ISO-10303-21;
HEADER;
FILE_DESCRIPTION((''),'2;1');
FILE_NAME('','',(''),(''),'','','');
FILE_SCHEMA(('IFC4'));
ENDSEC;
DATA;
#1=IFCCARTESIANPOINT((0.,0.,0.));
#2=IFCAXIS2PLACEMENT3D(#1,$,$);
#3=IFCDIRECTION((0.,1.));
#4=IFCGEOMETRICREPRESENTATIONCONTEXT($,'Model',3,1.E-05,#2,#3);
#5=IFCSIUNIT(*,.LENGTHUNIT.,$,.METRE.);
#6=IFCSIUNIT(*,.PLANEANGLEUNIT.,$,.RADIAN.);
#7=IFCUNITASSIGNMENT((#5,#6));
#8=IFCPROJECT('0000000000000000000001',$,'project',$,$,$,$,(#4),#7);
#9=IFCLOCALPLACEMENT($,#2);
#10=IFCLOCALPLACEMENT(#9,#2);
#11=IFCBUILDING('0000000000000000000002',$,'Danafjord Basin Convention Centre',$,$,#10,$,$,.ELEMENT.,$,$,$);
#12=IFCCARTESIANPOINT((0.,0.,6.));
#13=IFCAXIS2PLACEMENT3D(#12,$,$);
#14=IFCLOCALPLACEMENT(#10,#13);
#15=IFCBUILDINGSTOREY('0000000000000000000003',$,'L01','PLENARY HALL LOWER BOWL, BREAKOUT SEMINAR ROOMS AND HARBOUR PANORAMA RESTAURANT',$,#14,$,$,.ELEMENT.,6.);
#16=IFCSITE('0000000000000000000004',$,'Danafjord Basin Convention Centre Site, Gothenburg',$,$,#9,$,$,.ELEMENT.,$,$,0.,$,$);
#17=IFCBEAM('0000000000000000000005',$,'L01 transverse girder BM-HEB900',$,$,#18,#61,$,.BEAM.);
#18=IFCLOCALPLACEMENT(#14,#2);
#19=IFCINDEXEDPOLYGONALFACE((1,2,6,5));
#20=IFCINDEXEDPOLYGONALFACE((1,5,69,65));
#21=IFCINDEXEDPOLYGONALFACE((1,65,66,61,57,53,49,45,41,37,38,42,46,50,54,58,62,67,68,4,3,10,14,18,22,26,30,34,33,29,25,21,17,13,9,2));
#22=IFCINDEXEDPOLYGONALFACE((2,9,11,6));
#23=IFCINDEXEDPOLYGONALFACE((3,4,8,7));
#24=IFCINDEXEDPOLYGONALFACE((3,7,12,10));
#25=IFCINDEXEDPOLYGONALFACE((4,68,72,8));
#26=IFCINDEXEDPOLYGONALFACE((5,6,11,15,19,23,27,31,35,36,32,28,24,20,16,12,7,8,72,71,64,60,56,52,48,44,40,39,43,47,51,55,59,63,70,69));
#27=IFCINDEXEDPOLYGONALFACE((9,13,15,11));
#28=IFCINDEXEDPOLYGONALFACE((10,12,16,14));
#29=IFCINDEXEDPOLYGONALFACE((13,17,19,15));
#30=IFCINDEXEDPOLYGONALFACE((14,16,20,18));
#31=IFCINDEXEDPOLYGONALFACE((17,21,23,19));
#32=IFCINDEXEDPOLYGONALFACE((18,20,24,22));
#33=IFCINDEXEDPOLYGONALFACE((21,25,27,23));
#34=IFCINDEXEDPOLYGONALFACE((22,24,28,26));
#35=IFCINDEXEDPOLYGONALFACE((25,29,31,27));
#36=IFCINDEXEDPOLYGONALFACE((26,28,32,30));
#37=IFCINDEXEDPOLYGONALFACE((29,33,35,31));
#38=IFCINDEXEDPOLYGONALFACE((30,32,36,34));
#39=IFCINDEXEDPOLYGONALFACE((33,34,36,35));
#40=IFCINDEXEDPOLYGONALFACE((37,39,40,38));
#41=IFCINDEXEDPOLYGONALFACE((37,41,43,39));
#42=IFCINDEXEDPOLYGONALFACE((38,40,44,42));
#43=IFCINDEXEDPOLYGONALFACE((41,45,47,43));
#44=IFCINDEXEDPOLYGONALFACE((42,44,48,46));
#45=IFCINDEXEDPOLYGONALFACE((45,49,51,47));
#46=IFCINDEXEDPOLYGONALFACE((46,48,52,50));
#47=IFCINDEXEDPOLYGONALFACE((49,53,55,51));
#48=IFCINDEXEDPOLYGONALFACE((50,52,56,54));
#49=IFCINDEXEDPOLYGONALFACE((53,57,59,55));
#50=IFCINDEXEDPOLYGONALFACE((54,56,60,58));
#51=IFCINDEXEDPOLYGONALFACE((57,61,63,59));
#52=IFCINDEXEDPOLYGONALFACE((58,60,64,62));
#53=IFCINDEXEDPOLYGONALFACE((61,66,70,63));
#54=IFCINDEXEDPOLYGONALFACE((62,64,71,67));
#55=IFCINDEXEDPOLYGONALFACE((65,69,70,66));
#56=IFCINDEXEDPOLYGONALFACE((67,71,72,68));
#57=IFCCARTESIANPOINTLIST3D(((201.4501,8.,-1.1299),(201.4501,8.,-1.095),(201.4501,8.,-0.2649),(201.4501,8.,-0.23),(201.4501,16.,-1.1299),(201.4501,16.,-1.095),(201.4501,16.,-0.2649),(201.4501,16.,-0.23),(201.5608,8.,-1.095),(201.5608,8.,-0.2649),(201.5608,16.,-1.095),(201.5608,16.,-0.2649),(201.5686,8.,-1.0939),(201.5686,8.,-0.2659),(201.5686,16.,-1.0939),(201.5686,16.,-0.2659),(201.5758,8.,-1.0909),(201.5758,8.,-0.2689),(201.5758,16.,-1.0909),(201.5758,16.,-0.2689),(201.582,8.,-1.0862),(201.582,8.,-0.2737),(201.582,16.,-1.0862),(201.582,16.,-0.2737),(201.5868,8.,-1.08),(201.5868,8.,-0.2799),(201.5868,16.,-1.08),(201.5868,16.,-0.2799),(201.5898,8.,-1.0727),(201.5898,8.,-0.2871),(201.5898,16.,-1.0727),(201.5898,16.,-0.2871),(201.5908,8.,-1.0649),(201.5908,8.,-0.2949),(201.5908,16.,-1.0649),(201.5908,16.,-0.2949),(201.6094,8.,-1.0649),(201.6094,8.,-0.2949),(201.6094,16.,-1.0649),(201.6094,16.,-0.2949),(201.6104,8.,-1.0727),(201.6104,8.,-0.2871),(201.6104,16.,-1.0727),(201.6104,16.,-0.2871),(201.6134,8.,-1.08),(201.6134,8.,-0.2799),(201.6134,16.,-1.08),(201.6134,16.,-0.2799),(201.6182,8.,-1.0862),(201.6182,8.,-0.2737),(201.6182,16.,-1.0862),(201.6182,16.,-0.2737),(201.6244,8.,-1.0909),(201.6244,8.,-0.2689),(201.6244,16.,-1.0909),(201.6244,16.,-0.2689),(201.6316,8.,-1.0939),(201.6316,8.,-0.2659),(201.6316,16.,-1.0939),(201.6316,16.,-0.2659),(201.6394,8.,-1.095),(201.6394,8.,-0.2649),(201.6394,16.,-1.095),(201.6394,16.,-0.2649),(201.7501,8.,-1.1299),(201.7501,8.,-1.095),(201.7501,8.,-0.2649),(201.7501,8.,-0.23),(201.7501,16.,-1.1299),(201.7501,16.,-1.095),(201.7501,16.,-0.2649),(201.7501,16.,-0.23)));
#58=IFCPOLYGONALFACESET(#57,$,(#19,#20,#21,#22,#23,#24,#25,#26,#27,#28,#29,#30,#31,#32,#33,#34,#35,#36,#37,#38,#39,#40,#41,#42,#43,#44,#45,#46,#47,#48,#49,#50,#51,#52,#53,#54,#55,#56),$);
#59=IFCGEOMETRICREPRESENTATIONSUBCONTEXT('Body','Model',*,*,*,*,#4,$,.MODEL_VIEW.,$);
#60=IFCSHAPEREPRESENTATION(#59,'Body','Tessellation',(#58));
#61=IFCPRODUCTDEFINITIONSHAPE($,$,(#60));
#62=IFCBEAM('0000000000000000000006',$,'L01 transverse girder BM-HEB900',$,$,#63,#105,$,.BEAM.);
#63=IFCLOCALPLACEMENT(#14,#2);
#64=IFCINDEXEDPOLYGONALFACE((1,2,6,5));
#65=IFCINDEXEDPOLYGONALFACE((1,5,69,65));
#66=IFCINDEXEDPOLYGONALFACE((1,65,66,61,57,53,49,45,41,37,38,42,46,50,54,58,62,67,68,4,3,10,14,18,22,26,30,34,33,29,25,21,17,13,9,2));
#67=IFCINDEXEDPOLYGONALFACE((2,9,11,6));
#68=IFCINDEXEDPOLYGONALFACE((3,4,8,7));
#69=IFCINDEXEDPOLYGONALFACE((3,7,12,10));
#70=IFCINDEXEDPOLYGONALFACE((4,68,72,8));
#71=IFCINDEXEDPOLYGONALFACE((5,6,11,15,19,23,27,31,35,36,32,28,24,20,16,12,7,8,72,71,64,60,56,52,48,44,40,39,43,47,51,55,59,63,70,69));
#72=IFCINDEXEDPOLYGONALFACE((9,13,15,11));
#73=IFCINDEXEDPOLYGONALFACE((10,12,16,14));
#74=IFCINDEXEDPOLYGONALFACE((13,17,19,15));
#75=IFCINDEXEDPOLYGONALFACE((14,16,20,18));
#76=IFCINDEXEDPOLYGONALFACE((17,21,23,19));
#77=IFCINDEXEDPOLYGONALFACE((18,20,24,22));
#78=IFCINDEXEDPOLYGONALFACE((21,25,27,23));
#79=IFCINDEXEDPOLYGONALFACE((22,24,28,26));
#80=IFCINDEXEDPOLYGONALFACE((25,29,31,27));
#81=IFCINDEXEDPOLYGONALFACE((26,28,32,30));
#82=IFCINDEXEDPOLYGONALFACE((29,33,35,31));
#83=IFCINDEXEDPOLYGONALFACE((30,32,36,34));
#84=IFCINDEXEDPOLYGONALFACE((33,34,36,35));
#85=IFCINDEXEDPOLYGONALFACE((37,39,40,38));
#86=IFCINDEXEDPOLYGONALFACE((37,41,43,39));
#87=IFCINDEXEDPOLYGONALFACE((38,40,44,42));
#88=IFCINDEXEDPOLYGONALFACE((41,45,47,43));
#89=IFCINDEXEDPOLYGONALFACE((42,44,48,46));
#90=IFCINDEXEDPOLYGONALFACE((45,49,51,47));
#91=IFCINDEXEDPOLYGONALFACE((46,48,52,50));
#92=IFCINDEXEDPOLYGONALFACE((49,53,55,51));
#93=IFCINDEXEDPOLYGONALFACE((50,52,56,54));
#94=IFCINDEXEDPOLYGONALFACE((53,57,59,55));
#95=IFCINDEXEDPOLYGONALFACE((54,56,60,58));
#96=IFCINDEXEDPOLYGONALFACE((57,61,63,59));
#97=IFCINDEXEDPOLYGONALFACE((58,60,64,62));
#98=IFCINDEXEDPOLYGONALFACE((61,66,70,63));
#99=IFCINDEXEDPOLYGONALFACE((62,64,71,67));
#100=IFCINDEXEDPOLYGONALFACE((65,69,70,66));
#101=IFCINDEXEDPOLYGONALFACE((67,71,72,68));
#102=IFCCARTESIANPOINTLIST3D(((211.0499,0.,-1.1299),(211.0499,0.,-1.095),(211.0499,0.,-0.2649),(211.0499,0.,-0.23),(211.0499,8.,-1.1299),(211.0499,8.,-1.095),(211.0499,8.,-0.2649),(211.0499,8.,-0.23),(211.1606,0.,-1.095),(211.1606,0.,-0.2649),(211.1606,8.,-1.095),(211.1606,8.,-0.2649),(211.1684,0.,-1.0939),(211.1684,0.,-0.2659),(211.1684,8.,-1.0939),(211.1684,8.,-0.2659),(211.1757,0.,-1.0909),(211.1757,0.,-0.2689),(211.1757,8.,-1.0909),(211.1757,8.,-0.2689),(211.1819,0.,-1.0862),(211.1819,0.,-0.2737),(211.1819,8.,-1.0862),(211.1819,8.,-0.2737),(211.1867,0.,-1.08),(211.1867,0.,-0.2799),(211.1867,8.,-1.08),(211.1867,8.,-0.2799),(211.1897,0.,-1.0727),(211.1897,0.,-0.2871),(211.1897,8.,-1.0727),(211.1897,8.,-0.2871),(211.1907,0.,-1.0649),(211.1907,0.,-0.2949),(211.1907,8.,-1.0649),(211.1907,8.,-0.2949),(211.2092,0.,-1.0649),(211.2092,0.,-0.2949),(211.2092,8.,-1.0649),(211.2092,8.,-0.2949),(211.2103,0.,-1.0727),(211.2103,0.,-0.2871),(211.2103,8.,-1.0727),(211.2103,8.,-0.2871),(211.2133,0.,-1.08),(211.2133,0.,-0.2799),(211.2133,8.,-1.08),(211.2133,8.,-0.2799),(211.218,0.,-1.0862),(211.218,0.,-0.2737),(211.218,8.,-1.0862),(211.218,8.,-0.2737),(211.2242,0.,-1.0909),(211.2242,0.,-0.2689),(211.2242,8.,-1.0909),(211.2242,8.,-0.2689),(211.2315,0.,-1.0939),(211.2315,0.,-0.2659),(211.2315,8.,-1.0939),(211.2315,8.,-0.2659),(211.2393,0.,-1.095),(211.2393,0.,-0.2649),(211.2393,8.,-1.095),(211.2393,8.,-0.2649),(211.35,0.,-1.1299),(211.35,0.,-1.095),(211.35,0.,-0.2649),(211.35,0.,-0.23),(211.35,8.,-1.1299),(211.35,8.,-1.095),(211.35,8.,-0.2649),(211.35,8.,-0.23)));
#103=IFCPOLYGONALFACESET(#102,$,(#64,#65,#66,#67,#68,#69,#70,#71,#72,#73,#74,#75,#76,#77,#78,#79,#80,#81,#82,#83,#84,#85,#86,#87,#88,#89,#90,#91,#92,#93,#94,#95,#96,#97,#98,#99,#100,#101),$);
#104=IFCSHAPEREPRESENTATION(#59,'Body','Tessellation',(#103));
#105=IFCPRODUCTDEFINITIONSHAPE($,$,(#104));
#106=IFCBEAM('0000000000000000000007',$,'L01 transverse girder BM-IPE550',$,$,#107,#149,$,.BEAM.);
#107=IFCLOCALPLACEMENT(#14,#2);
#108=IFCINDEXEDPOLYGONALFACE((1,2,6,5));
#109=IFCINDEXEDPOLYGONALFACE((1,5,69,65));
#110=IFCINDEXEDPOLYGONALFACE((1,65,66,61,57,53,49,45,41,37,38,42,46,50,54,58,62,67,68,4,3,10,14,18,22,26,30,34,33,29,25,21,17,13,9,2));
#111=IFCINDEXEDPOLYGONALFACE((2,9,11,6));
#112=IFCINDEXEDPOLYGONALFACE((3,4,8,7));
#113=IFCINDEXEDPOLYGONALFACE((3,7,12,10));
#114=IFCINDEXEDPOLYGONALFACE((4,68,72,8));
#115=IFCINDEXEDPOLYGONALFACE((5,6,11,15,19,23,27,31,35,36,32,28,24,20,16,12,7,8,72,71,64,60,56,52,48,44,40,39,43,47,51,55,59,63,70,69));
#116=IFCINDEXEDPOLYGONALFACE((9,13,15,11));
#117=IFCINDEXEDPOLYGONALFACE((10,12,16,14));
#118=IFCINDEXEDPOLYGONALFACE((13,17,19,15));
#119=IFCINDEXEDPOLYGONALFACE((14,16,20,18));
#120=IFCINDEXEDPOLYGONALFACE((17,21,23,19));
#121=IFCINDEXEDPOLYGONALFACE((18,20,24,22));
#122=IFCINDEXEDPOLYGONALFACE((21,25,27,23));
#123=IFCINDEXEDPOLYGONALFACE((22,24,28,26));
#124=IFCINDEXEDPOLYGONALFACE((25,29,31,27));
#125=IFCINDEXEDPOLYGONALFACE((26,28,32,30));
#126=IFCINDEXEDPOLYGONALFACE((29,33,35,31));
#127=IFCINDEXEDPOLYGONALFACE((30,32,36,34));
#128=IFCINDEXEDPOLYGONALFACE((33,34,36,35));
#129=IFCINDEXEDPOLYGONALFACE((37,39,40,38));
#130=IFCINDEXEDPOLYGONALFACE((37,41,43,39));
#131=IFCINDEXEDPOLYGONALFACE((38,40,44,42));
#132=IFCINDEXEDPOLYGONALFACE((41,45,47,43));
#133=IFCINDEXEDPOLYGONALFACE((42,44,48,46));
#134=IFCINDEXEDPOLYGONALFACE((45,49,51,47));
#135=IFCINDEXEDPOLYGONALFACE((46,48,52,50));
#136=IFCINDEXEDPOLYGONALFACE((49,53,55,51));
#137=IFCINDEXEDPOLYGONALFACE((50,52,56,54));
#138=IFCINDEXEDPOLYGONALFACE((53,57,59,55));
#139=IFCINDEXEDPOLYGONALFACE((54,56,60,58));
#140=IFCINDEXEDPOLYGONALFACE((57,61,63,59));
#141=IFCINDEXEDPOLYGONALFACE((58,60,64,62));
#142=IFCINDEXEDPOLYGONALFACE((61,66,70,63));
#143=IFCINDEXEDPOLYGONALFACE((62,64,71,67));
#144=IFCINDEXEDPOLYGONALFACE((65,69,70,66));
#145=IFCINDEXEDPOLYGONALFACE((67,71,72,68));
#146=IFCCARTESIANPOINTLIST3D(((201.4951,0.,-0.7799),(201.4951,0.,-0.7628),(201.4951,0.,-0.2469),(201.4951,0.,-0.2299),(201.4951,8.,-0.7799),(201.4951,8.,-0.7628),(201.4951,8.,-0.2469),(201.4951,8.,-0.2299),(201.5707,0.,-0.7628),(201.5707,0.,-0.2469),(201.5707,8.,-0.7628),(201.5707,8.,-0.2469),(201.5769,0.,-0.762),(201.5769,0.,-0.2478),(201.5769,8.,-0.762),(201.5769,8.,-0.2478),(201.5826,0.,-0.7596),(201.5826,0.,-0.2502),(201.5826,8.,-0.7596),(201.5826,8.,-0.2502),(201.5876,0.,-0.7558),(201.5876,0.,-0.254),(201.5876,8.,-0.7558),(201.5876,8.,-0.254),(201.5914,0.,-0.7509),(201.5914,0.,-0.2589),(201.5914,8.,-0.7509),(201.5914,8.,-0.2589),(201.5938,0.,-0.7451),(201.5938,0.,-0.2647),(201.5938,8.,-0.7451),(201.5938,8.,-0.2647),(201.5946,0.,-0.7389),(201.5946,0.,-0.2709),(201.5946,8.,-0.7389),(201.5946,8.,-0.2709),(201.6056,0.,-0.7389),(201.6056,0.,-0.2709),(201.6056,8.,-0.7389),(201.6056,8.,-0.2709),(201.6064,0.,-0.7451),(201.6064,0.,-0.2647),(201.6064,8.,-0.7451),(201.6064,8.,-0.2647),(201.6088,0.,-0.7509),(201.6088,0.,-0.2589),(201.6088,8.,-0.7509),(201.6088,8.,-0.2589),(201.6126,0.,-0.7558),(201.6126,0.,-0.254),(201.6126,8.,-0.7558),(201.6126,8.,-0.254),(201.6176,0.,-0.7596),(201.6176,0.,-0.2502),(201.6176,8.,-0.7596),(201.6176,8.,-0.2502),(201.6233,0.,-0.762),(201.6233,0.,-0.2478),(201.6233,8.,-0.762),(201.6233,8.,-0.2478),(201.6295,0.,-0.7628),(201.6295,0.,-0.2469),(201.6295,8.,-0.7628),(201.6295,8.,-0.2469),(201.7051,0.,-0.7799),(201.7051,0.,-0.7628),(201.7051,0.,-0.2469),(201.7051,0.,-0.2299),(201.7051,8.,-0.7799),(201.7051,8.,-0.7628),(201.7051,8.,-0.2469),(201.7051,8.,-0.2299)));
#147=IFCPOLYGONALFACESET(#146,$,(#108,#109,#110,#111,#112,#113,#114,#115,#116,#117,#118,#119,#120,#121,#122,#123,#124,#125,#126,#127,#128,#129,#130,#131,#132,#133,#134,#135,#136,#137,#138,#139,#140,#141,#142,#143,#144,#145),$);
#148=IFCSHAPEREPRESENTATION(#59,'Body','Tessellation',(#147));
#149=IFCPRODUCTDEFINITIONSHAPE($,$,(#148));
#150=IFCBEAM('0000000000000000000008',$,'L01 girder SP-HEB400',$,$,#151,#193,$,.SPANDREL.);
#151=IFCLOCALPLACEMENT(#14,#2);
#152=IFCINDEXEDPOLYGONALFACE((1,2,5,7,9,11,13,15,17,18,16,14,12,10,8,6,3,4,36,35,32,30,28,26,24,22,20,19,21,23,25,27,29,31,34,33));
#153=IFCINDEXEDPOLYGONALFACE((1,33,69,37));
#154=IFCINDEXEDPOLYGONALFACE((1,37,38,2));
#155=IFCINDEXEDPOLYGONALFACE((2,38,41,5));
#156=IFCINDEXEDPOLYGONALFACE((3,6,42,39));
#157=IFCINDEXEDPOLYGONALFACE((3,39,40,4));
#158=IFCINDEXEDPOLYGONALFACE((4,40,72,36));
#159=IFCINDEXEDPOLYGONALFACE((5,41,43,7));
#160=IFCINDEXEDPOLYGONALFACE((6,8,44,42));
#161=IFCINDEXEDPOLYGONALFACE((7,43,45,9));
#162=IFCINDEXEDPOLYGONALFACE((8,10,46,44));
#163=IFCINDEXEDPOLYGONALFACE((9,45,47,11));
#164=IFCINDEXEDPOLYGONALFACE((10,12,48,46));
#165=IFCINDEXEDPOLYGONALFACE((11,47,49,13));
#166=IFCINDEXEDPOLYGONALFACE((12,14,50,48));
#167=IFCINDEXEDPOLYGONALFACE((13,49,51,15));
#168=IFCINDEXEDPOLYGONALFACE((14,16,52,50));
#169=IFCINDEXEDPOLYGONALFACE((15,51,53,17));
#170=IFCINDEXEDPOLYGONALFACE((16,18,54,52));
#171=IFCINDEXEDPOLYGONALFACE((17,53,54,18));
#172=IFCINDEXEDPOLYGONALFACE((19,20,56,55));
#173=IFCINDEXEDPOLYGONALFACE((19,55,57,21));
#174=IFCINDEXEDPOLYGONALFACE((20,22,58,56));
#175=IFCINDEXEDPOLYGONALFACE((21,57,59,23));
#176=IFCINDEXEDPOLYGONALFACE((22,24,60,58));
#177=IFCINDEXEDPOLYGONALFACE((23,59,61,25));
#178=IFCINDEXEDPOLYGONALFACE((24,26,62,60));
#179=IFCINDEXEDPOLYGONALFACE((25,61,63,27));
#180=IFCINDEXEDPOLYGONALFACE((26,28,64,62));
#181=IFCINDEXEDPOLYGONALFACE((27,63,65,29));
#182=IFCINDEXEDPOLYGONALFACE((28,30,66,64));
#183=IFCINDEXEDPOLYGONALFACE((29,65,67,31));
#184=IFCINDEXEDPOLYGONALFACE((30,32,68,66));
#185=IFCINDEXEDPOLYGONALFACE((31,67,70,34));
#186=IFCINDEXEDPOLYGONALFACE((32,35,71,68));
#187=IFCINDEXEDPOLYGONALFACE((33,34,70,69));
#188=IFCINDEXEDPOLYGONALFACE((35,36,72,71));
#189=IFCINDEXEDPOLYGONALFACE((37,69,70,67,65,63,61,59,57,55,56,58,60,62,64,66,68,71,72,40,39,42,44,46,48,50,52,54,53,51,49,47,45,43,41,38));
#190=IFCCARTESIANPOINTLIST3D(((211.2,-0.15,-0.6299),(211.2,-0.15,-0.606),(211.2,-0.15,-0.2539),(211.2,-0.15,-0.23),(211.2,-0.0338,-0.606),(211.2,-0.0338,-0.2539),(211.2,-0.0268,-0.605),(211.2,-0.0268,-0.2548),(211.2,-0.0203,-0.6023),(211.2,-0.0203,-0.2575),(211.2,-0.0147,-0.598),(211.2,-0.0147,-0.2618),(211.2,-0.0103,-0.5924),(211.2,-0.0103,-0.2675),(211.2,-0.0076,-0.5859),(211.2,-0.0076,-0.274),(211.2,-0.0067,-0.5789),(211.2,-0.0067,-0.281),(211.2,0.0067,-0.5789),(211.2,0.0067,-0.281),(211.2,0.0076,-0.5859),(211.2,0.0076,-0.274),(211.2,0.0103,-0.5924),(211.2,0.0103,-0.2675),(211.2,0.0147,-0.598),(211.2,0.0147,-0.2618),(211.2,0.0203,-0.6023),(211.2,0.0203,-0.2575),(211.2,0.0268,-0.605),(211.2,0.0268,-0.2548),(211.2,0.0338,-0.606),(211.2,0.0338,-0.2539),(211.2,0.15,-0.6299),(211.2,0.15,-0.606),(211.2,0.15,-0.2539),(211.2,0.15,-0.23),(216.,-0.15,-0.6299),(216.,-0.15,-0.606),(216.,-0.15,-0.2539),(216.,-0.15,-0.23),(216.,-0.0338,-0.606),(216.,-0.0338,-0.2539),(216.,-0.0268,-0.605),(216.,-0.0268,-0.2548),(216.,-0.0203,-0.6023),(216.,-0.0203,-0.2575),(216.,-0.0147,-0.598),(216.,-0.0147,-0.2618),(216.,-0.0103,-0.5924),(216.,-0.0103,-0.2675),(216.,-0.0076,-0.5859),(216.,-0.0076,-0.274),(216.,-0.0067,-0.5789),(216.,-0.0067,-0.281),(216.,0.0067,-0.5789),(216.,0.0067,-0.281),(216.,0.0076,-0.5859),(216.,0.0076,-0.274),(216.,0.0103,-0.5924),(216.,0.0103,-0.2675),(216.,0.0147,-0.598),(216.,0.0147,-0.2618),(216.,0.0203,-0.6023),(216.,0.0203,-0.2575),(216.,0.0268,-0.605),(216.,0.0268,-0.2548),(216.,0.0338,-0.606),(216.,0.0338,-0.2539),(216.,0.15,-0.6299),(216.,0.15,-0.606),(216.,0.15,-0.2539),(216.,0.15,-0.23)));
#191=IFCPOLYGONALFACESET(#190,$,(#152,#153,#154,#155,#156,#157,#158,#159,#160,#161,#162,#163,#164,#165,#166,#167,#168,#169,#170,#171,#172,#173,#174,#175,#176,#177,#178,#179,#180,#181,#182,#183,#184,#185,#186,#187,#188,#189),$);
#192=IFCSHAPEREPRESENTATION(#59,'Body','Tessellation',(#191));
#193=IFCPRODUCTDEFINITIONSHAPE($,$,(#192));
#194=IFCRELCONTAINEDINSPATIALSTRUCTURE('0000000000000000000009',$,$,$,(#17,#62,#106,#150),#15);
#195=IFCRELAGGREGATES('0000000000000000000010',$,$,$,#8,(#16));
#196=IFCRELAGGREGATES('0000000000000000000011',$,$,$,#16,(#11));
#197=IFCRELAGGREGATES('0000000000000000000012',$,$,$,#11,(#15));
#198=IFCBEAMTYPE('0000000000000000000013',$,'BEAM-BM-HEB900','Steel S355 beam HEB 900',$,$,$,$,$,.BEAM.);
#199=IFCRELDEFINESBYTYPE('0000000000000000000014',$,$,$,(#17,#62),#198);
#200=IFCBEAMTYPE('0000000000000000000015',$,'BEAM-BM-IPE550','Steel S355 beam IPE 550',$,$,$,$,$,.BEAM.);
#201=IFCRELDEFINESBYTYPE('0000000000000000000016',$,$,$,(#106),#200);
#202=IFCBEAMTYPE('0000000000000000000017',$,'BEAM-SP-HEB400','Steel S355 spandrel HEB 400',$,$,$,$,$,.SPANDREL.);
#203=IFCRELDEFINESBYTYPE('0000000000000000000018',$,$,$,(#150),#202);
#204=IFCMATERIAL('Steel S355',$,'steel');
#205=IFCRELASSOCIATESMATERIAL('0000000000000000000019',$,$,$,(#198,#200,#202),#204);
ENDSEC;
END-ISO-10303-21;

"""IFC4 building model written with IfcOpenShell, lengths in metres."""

from ifc_helpers import new_model, si_unit, direction, frame, origin, origin_2d, place, context, subcontext, project, spatial, i_section, extrude, material, material_profile, profile_set, type_object, element, save


model = new_model("IFC4")

# Units and contexts
model_context = context("Model", 3, precision=1e-05, world=origin(), true_north=direction((0.0, 1.0)))
body_context = subcontext(model_context, "Body", "Model", "MODEL_VIEW")
ifc_project = project(units=[si_unit("LENGTHUNIT", "METRE"), si_unit("PLANEANGLEUNIT", "RADIAN")], contexts=[model_context])

# Site, building, storey
site_placement = place(None, origin())
site = spatial("IfcSite", under=ifc_project, at=site_placement, Name="Danafjord Basin Convention Centre Site, Gothenburg", CompositionType="ELEMENT", RefElevation=0.0)
building_placement = place(site_placement, origin())
building = spatial("IfcBuilding", under=site, at=building_placement, Name="Danafjord Basin Convention Centre", CompositionType="ELEMENT")
storey_placement = place(building_placement, frame((0.0, 0.0, 6.0)))
storey = spatial("IfcBuildingStorey", under=building, at=storey_placement, Name="L01", Description="PLENARY HALL LOWER BOWL, BREAKOUT SEMINAR ROOMS AND HARBOUR PANORAMA RESTAURANT", CompositionType="ELEMENT", Elevation=6.0)

# Shared definitions
ifc_material_1 = material(Name="Steel S355", Category="steel")

# Beams
ifc_material_profile_1 = material_profile(ifc_material_1, i_section(OverallWidth=0.3, OverallDepth=0.8999, WebThickness=0.0186, FlangeThickness=0.0349, FilletRadius=0.03, at=origin_2d()), Name="HEB 900")
ifc_profile_set_1 = profile_set([ifc_material_profile_1], Name="Steel S355")
beam_type_1 = type_object("IfcBeamType", Name="BEAM-BM-HEB900", Description="Steel S355 beam HEB 900", PredefinedType="BEAM", material=ifc_profile_set_1)
for number, where, z_axis, x_axis, name in (
    (1, (201.6001, 8.0, -0.6799), (0.0, 1.0, 0.0), (-1.0, 0.0, 0.0), "L01 transverse girder BM-HEB900"),
    (2, (211.2, 0.0, -0.6799), (0.0, 1.0, 0.0), (-1.0, 0.0, 0.0), "L01 transverse girder BM-HEB900"),
):
    element("IfcBeam", number, at=place(storey_placement, frame(where, z_axis=z_axis, x_axis=x_axis)), inside=storey, type_object=beam_type_1, Name=name, PredefinedType="BEAM", context=body_context, shape_type="SweptSolid", body=[
        extrude(i_section(OverallWidth=0.3, OverallDepth=0.8999, WebThickness=0.0186, FlangeThickness=0.0349, FilletRadius=0.03, at=origin_2d()), origin(), (0.0, 0.0, 1.0), 8.0),
    ])
ifc_material_profile_2 = material_profile(ifc_material_1, i_section(OverallWidth=0.21, OverallDepth=0.55, WebThickness=0.011, FlangeThickness=0.0171, FilletRadius=0.0239, at=origin_2d()), Name="IPE 550")
ifc_profile_set_2 = profile_set([ifc_material_profile_2], Name="Steel S355")
beam_type_2 = type_object("IfcBeamType", Name="BEAM-BM-IPE550", Description="Steel S355 beam IPE 550", PredefinedType="BEAM", material=ifc_profile_set_2)
beam_1_placement = place(storey_placement, frame((201.6001, 0.0, -0.5049), z_axis=(0.0, 1.0, 0.0), x_axis=(-1.0, 0.0, 0.0)))
element("IfcBeam", 3, at=beam_1_placement, inside=storey, type_object=beam_type_2, Name="L01 transverse girder BM-IPE550", PredefinedType="BEAM", context=body_context, shape_type="SweptSolid", body=[
    extrude(i_section(OverallWidth=0.21, OverallDepth=0.55, WebThickness=0.011, FlangeThickness=0.0171, FilletRadius=0.0239, at=origin_2d()), origin(), (0.0, 0.0, 1.0), 8.0),
])
ifc_material_profile_3 = material_profile(ifc_material_1, i_section(OverallWidth=0.3, OverallDepth=0.3999, WebThickness=0.0134, FlangeThickness=0.0239, FilletRadius=0.0271, at=origin_2d()), Name="HEB 400")
ifc_profile_set_3 = profile_set([ifc_material_profile_3], Name="Steel S355")
beam_type_3 = type_object("IfcBeamType", Name="BEAM-SP-HEB400", Description="Steel S355 spandrel HEB 400", PredefinedType="SPANDREL", material=ifc_profile_set_3)
beam_2_placement = place(storey_placement, frame((211.2, 0.0, -0.4299), z_axis=(1.0, 0.0, 0.0), x_axis=(0.0, 1.0, 0.0)))
element("IfcBeam", 4, at=beam_2_placement, inside=storey, type_object=beam_type_3, Name="L01 girder SP-HEB400", PredefinedType="SPANDREL", context=body_context, shape_type="SweptSolid", body=[
    extrude(i_section(OverallWidth=0.3, OverallDepth=0.3999, WebThickness=0.0134, FlangeThickness=0.0239, FilletRadius=0.0271, at=origin_2d()), origin(), (0.0, 0.0, 1.0), 4.8),
])

save(model, "model.ifc")
